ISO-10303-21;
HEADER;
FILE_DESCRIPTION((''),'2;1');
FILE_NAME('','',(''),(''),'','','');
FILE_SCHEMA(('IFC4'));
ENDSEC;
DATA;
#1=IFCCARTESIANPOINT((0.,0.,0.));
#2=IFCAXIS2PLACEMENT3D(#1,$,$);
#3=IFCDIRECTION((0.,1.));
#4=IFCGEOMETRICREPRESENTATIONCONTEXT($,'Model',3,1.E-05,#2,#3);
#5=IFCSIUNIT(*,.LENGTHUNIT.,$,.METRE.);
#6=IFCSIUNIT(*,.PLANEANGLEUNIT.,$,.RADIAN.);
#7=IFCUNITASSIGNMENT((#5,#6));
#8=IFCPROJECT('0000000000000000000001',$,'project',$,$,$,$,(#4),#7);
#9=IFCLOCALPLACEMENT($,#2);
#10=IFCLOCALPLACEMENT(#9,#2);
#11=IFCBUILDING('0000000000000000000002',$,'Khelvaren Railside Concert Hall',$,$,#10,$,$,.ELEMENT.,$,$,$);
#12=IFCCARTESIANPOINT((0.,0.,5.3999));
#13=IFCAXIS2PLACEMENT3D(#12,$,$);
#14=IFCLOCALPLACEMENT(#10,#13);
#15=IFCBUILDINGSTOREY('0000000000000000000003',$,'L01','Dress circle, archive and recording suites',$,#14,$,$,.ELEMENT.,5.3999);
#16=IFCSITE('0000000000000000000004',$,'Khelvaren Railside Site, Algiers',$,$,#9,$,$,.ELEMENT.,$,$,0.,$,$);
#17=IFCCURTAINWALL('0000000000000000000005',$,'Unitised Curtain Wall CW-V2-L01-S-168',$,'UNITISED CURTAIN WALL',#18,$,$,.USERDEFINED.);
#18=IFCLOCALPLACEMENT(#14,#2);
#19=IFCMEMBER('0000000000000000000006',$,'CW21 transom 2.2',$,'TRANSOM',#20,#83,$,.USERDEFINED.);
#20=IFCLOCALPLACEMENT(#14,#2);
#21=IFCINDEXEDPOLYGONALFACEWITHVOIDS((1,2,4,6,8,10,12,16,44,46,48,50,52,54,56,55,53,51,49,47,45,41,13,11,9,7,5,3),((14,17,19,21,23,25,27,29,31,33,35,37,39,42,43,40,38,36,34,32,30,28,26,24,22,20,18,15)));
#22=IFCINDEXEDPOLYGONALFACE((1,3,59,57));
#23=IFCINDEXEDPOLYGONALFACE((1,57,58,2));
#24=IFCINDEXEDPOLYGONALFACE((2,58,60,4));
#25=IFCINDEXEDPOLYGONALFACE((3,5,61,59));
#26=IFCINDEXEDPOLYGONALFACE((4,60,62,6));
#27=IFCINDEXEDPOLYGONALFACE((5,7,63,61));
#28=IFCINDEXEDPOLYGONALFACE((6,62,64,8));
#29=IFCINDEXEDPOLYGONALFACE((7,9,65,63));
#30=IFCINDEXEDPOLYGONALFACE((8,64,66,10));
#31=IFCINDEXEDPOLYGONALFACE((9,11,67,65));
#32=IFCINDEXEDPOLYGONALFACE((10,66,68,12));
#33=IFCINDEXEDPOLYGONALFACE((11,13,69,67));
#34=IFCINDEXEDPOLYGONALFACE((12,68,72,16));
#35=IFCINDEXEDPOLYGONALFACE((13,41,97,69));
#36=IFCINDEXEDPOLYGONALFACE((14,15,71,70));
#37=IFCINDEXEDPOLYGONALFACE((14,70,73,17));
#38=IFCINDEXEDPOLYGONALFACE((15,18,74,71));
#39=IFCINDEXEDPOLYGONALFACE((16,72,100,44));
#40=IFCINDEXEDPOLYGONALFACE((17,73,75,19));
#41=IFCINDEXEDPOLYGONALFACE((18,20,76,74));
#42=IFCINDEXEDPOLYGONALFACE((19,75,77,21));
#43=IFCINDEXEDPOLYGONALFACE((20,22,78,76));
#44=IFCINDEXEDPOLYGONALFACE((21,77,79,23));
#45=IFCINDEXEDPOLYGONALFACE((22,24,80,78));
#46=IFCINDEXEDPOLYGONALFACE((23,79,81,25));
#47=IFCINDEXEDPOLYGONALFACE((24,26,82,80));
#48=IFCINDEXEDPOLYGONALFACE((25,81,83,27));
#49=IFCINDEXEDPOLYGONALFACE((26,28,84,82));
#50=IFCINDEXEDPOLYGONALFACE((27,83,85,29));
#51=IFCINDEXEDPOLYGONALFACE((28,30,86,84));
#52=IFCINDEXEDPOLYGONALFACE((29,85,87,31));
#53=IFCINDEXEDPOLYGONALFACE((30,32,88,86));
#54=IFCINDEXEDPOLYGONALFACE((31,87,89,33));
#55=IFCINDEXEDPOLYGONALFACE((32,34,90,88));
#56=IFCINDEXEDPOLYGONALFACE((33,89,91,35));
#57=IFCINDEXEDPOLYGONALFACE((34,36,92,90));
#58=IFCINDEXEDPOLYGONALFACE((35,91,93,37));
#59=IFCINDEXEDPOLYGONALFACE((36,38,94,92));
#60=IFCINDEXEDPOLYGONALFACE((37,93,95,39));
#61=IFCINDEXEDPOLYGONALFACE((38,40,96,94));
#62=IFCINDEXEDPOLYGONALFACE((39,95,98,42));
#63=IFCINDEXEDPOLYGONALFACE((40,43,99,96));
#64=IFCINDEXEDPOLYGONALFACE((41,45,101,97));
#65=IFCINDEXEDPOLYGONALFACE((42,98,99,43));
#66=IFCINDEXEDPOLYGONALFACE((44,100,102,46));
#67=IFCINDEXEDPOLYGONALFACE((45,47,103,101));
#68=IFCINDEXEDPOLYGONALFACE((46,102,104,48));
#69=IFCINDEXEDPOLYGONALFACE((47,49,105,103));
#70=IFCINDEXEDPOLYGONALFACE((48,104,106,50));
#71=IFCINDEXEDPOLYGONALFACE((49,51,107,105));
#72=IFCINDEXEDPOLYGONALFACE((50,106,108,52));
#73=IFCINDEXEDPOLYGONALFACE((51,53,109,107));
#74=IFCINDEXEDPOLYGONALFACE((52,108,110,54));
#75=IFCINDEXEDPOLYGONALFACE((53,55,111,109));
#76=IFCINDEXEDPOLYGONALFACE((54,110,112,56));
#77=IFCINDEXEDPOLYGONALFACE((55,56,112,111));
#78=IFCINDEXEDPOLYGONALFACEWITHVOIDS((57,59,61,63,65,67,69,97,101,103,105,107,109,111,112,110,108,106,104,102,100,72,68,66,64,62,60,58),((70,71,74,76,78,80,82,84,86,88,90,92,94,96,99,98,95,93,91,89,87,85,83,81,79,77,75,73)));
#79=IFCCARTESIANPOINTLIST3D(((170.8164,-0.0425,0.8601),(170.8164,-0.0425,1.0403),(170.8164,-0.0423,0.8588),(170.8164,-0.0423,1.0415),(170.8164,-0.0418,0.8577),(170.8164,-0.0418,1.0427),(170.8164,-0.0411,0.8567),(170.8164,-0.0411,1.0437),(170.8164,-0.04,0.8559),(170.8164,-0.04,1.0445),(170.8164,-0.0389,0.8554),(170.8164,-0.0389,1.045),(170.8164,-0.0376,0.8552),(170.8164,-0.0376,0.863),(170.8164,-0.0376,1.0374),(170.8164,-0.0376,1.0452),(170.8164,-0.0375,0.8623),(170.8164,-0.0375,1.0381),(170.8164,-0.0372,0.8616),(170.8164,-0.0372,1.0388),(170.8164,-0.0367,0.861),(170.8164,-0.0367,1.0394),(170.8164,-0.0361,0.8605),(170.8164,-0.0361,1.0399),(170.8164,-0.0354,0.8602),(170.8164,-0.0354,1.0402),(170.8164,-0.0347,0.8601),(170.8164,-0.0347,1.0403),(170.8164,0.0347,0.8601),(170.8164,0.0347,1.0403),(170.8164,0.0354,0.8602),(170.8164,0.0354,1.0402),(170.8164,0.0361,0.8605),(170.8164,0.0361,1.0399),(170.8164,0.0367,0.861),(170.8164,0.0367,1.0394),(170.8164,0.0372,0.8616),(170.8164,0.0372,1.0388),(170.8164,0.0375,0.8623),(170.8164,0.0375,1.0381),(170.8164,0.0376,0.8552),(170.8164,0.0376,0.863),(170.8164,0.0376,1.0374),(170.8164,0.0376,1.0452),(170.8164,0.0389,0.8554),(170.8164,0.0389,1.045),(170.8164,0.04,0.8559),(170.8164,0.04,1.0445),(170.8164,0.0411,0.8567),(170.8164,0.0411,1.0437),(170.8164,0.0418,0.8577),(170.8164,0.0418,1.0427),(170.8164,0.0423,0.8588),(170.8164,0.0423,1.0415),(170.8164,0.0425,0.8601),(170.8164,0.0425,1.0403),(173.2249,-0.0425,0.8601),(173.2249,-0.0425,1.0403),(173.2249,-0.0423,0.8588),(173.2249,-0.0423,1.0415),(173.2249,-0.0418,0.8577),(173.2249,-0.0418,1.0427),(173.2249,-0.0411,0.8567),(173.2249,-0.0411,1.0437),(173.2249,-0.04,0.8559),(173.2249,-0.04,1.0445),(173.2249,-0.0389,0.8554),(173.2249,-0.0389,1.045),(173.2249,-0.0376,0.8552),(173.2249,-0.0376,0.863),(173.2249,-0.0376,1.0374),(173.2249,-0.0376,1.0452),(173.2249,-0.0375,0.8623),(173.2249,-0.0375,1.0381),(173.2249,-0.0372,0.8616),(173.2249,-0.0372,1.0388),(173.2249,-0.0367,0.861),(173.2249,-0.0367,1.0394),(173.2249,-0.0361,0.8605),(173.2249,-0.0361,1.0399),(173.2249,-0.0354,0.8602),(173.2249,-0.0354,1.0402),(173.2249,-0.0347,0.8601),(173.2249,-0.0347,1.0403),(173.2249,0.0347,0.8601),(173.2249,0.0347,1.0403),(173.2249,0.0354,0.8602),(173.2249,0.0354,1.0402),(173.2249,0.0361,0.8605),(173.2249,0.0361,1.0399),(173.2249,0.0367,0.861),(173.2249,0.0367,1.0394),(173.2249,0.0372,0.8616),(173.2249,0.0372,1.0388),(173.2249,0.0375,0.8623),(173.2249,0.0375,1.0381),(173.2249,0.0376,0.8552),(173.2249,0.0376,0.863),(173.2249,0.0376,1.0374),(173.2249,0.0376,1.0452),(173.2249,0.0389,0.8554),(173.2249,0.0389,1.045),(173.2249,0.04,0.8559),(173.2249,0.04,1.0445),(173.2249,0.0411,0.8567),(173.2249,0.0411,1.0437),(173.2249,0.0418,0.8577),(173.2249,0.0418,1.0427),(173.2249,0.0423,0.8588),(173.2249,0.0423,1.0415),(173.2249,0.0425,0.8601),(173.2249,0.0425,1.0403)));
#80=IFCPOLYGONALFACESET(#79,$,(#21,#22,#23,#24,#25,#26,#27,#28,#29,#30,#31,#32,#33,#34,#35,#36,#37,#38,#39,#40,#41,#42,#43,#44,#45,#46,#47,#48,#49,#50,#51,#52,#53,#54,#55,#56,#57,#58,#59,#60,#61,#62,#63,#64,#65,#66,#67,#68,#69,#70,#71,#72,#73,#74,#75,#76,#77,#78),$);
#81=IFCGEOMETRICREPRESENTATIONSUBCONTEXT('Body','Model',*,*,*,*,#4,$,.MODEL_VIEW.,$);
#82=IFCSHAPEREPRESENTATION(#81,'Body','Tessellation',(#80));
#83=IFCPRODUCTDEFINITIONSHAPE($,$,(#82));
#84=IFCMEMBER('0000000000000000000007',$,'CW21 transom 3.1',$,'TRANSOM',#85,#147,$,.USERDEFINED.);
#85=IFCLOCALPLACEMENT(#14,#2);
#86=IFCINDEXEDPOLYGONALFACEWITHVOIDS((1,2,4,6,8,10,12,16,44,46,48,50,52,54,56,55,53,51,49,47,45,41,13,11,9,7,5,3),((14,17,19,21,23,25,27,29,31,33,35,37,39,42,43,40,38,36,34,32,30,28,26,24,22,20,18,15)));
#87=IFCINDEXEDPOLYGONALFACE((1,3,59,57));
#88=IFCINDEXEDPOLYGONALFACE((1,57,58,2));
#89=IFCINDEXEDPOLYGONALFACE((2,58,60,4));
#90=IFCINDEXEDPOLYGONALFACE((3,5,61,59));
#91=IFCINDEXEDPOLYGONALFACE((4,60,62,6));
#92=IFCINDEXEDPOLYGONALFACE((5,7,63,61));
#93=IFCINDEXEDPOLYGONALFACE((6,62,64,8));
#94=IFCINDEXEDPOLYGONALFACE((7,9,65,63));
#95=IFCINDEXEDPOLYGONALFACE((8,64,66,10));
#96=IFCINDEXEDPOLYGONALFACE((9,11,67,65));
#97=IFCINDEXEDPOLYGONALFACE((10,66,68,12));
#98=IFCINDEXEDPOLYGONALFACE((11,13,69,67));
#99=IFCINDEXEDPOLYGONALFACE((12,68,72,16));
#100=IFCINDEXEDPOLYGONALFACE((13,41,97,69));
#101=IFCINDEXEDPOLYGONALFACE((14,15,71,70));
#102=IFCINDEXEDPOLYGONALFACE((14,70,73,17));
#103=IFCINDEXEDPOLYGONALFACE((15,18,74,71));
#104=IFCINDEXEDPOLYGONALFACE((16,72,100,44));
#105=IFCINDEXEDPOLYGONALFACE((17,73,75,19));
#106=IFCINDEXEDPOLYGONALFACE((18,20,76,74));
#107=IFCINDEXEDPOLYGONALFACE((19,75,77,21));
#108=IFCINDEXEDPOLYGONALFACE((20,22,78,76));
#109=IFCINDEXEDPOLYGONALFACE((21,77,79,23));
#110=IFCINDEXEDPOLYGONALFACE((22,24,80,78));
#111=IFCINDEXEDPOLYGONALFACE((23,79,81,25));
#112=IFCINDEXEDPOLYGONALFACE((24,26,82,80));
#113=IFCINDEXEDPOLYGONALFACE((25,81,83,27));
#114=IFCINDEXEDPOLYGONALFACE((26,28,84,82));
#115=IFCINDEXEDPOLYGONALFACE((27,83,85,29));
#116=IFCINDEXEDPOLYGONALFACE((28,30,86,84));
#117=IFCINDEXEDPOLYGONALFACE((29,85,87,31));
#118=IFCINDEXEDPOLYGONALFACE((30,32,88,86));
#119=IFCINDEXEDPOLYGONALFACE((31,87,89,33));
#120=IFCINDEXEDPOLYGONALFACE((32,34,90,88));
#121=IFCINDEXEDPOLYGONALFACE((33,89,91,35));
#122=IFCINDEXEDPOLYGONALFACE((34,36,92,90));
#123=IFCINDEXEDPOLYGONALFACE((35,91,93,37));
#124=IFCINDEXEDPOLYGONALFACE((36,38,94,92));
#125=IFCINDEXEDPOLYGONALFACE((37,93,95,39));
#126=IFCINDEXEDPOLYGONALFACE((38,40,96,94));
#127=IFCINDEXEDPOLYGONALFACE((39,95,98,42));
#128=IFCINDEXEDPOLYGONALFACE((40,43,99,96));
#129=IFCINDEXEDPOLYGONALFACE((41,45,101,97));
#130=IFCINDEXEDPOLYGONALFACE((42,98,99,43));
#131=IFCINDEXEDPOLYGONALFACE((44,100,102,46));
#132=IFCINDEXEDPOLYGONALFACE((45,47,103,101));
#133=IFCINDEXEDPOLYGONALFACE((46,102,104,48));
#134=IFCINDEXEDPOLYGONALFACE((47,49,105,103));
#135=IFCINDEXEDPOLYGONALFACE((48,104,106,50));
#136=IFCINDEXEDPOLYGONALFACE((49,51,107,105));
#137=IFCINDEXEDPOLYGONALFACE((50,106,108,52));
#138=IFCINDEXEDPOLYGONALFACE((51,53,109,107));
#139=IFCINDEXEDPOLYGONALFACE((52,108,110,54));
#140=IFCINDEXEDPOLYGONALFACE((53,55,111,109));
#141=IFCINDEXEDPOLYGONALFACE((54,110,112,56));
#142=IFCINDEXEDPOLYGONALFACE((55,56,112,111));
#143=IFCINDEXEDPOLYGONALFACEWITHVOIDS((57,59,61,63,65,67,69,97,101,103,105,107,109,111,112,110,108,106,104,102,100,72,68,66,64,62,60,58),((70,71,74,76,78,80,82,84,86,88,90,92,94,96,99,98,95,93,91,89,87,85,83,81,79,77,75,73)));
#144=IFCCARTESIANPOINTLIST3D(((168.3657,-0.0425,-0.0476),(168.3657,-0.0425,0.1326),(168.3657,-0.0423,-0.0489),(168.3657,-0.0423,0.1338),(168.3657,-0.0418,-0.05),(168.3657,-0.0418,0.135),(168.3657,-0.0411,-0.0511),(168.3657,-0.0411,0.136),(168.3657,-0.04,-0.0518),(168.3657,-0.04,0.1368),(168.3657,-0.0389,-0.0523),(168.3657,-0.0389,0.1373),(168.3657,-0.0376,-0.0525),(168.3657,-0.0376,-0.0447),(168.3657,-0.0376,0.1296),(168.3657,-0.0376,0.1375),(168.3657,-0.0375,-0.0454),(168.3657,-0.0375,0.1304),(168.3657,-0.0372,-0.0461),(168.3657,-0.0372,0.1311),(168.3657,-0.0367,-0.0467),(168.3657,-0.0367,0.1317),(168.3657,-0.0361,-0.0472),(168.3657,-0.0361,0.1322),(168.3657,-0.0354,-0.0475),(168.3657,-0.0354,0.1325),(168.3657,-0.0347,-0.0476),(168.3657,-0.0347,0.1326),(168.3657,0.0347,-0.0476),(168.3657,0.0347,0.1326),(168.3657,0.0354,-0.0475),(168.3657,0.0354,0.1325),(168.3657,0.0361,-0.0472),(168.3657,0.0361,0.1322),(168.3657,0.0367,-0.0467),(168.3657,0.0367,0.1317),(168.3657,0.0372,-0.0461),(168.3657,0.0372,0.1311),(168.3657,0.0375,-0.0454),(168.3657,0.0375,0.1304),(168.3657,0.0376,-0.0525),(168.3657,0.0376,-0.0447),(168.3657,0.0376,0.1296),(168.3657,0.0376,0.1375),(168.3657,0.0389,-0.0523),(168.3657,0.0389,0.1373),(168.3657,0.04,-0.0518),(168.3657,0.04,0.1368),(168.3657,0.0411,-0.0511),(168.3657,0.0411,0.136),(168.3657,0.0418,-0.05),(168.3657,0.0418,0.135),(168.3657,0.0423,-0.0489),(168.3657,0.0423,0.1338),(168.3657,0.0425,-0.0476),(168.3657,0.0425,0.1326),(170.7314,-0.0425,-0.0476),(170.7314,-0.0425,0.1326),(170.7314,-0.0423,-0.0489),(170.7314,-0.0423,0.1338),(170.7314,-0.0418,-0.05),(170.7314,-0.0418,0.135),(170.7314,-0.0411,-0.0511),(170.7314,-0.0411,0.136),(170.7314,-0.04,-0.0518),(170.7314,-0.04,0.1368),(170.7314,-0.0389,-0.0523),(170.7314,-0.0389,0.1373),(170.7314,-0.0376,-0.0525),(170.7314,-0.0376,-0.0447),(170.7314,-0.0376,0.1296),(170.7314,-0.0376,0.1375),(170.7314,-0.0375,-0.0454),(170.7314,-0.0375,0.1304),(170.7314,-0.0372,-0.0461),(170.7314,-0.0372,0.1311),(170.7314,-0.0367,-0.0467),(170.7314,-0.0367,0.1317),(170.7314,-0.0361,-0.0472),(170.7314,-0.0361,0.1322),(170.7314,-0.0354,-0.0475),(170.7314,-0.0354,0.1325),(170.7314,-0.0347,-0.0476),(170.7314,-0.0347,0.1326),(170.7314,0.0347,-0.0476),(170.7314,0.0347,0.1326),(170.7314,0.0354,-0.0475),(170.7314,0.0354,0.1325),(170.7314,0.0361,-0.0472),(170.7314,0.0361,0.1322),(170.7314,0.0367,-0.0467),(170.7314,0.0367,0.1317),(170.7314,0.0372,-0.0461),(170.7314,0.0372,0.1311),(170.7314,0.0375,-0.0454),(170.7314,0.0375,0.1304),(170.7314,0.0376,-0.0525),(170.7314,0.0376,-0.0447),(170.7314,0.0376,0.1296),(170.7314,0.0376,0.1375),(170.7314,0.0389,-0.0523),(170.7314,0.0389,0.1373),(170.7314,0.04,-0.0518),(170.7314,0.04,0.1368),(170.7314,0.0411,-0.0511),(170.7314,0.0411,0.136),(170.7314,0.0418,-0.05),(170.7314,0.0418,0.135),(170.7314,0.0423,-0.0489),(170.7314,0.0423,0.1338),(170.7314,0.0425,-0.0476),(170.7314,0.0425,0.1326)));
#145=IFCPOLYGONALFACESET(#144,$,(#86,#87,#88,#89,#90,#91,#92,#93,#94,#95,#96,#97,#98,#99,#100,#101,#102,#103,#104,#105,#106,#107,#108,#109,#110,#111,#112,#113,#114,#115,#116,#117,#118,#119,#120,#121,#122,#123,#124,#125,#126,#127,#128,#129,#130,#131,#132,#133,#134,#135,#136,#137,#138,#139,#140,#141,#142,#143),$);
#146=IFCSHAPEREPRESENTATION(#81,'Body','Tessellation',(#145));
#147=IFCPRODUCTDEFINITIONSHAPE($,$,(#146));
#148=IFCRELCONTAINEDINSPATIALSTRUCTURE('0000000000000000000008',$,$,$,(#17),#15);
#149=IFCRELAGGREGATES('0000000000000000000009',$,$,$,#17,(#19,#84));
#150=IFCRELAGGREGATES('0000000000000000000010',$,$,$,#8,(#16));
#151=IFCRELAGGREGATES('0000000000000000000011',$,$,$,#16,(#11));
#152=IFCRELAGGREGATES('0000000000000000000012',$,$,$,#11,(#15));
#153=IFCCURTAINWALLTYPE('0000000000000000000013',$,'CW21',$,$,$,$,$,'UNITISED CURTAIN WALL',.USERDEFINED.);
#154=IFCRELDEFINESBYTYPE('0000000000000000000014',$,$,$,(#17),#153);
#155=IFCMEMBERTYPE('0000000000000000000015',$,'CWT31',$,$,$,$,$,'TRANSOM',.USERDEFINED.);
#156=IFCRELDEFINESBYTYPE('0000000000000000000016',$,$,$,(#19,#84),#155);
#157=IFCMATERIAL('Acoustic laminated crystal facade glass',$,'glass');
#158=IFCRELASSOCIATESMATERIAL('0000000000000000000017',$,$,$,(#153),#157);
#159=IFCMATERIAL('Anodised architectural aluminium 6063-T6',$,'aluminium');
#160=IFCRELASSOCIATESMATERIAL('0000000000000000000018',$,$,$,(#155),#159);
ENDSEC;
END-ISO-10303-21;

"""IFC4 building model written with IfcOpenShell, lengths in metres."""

from ifc_helpers import new_model, si_unit, direction, frame, origin, origin_2d, place, context, subcontext, project, spatial, hollow_rectangle, extrude, material, material_profile, profile_set, type_object, element, aggregate, save


model = new_model("IFC4")

# Units and contexts
model_context = context("Model", 3, precision=1e-05, world=origin(), true_north=direction((0.0, 1.0)))
body_context = subcontext(model_context, "Body", "Model", "MODEL_VIEW")
ifc_project = project(units=[si_unit("LENGTHUNIT", "METRE"), si_unit("PLANEANGLEUNIT", "RADIAN")], contexts=[model_context])

# Site, building, storey
site_placement = place(None, origin())
site = spatial("IfcSite", under=ifc_project, at=site_placement, Name="Khelvaren Railside Site, Algiers", CompositionType="ELEMENT", RefElevation=0.0)
building_placement = place(site_placement, origin())
building = spatial("IfcBuilding", under=site, at=building_placement, Name="Khelvaren Railside Concert Hall", CompositionType="ELEMENT")
storey_placement = place(building_placement, frame((0.0, 0.0, 5.3999)))
storey = spatial("IfcBuildingStorey", under=building, at=storey_placement, Name="L01", Description="Dress circle, archive and recording suites", CompositionType="ELEMENT", Elevation=5.3999)

# Curtain wall
ifc_material_1 = material(Name="Acoustic laminated crystal facade glass", Category="glass")
ifc_material_2 = material(Name="Anodised architectural aluminium 6063-T6", Category="aluminium")
curtain_wall_type_1 = type_object("IfcCurtainWallType", Name="CW21", ElementType="UNITISED CURTAIN WALL", PredefinedType="USERDEFINED", material=ifc_material_1)
curtain_wall_1_placement = place(storey_placement, origin())
curtain_wall_1 = element("IfcCurtainWall", 1, at=curtain_wall_1_placement, inside=storey, type_object=curtain_wall_type_1, Name="Unitised Curtain Wall CW-V2-L01-S-168", ObjectType="UNITISED CURTAIN WALL", PredefinedType="USERDEFINED")

# Members
ifc_material_profile_1 = material_profile(ifc_material_2, hollow_rectangle(XDim=0.085, YDim=0.1899, WallThickness=0.0049, InnerFilletRadius=0.0029, OuterFilletRadius=0.0049, at=origin_2d()), Name="CWT 85x190x5")
ifc_profile_set_1 = profile_set([ifc_material_profile_1], Name="Anodised architectural aluminium 6063-T6")
member_type_1 = type_object("IfcMemberType", Name="CWT31", ElementType="TRANSOM", PredefinedType="USERDEFINED", material=ifc_profile_set_1)
member_1_placement = place(storey_placement, frame((173.2249, 0.0, 0.9502), z_axis=(-1.0, 0.0, 0.0), x_axis=(0.0, -1.0, 0.0)))
member_1 = element("IfcMember", 2, at=member_1_placement, type_object=member_type_1, Name="CW21 transom 2.2", ObjectType="TRANSOM", PredefinedType="USERDEFINED", context=body_context, shape_type="SweptSolid", body=[
    extrude(hollow_rectangle(XDim=0.085, YDim=0.1899, WallThickness=0.0049, InnerFilletRadius=0.0029, OuterFilletRadius=0.0049, at=origin_2d()), origin(), (0.0, 0.0, 1.0), 2.4084),
])
member_2_placement = place(storey_placement, frame((170.7314, 0.0, 0.0425), z_axis=(-1.0, 0.0, 0.0), x_axis=(0.0, -1.0, 0.0)))
member_2 = element("IfcMember", 3, at=member_2_placement, type_object=member_type_1, Name="CW21 transom 3.1", ObjectType="TRANSOM", PredefinedType="USERDEFINED", context=body_context, shape_type="SweptSolid", body=[
    extrude(hollow_rectangle(XDim=0.085, YDim=0.1899, WallThickness=0.0049, InnerFilletRadius=0.0029, OuterFilletRadius=0.0049, at=origin_2d()), origin(), (0.0, 0.0, 1.0), 2.3657),
])

aggregate(curtain_wall_1, [member_1, member_2])

save(model, "model.ifc")
